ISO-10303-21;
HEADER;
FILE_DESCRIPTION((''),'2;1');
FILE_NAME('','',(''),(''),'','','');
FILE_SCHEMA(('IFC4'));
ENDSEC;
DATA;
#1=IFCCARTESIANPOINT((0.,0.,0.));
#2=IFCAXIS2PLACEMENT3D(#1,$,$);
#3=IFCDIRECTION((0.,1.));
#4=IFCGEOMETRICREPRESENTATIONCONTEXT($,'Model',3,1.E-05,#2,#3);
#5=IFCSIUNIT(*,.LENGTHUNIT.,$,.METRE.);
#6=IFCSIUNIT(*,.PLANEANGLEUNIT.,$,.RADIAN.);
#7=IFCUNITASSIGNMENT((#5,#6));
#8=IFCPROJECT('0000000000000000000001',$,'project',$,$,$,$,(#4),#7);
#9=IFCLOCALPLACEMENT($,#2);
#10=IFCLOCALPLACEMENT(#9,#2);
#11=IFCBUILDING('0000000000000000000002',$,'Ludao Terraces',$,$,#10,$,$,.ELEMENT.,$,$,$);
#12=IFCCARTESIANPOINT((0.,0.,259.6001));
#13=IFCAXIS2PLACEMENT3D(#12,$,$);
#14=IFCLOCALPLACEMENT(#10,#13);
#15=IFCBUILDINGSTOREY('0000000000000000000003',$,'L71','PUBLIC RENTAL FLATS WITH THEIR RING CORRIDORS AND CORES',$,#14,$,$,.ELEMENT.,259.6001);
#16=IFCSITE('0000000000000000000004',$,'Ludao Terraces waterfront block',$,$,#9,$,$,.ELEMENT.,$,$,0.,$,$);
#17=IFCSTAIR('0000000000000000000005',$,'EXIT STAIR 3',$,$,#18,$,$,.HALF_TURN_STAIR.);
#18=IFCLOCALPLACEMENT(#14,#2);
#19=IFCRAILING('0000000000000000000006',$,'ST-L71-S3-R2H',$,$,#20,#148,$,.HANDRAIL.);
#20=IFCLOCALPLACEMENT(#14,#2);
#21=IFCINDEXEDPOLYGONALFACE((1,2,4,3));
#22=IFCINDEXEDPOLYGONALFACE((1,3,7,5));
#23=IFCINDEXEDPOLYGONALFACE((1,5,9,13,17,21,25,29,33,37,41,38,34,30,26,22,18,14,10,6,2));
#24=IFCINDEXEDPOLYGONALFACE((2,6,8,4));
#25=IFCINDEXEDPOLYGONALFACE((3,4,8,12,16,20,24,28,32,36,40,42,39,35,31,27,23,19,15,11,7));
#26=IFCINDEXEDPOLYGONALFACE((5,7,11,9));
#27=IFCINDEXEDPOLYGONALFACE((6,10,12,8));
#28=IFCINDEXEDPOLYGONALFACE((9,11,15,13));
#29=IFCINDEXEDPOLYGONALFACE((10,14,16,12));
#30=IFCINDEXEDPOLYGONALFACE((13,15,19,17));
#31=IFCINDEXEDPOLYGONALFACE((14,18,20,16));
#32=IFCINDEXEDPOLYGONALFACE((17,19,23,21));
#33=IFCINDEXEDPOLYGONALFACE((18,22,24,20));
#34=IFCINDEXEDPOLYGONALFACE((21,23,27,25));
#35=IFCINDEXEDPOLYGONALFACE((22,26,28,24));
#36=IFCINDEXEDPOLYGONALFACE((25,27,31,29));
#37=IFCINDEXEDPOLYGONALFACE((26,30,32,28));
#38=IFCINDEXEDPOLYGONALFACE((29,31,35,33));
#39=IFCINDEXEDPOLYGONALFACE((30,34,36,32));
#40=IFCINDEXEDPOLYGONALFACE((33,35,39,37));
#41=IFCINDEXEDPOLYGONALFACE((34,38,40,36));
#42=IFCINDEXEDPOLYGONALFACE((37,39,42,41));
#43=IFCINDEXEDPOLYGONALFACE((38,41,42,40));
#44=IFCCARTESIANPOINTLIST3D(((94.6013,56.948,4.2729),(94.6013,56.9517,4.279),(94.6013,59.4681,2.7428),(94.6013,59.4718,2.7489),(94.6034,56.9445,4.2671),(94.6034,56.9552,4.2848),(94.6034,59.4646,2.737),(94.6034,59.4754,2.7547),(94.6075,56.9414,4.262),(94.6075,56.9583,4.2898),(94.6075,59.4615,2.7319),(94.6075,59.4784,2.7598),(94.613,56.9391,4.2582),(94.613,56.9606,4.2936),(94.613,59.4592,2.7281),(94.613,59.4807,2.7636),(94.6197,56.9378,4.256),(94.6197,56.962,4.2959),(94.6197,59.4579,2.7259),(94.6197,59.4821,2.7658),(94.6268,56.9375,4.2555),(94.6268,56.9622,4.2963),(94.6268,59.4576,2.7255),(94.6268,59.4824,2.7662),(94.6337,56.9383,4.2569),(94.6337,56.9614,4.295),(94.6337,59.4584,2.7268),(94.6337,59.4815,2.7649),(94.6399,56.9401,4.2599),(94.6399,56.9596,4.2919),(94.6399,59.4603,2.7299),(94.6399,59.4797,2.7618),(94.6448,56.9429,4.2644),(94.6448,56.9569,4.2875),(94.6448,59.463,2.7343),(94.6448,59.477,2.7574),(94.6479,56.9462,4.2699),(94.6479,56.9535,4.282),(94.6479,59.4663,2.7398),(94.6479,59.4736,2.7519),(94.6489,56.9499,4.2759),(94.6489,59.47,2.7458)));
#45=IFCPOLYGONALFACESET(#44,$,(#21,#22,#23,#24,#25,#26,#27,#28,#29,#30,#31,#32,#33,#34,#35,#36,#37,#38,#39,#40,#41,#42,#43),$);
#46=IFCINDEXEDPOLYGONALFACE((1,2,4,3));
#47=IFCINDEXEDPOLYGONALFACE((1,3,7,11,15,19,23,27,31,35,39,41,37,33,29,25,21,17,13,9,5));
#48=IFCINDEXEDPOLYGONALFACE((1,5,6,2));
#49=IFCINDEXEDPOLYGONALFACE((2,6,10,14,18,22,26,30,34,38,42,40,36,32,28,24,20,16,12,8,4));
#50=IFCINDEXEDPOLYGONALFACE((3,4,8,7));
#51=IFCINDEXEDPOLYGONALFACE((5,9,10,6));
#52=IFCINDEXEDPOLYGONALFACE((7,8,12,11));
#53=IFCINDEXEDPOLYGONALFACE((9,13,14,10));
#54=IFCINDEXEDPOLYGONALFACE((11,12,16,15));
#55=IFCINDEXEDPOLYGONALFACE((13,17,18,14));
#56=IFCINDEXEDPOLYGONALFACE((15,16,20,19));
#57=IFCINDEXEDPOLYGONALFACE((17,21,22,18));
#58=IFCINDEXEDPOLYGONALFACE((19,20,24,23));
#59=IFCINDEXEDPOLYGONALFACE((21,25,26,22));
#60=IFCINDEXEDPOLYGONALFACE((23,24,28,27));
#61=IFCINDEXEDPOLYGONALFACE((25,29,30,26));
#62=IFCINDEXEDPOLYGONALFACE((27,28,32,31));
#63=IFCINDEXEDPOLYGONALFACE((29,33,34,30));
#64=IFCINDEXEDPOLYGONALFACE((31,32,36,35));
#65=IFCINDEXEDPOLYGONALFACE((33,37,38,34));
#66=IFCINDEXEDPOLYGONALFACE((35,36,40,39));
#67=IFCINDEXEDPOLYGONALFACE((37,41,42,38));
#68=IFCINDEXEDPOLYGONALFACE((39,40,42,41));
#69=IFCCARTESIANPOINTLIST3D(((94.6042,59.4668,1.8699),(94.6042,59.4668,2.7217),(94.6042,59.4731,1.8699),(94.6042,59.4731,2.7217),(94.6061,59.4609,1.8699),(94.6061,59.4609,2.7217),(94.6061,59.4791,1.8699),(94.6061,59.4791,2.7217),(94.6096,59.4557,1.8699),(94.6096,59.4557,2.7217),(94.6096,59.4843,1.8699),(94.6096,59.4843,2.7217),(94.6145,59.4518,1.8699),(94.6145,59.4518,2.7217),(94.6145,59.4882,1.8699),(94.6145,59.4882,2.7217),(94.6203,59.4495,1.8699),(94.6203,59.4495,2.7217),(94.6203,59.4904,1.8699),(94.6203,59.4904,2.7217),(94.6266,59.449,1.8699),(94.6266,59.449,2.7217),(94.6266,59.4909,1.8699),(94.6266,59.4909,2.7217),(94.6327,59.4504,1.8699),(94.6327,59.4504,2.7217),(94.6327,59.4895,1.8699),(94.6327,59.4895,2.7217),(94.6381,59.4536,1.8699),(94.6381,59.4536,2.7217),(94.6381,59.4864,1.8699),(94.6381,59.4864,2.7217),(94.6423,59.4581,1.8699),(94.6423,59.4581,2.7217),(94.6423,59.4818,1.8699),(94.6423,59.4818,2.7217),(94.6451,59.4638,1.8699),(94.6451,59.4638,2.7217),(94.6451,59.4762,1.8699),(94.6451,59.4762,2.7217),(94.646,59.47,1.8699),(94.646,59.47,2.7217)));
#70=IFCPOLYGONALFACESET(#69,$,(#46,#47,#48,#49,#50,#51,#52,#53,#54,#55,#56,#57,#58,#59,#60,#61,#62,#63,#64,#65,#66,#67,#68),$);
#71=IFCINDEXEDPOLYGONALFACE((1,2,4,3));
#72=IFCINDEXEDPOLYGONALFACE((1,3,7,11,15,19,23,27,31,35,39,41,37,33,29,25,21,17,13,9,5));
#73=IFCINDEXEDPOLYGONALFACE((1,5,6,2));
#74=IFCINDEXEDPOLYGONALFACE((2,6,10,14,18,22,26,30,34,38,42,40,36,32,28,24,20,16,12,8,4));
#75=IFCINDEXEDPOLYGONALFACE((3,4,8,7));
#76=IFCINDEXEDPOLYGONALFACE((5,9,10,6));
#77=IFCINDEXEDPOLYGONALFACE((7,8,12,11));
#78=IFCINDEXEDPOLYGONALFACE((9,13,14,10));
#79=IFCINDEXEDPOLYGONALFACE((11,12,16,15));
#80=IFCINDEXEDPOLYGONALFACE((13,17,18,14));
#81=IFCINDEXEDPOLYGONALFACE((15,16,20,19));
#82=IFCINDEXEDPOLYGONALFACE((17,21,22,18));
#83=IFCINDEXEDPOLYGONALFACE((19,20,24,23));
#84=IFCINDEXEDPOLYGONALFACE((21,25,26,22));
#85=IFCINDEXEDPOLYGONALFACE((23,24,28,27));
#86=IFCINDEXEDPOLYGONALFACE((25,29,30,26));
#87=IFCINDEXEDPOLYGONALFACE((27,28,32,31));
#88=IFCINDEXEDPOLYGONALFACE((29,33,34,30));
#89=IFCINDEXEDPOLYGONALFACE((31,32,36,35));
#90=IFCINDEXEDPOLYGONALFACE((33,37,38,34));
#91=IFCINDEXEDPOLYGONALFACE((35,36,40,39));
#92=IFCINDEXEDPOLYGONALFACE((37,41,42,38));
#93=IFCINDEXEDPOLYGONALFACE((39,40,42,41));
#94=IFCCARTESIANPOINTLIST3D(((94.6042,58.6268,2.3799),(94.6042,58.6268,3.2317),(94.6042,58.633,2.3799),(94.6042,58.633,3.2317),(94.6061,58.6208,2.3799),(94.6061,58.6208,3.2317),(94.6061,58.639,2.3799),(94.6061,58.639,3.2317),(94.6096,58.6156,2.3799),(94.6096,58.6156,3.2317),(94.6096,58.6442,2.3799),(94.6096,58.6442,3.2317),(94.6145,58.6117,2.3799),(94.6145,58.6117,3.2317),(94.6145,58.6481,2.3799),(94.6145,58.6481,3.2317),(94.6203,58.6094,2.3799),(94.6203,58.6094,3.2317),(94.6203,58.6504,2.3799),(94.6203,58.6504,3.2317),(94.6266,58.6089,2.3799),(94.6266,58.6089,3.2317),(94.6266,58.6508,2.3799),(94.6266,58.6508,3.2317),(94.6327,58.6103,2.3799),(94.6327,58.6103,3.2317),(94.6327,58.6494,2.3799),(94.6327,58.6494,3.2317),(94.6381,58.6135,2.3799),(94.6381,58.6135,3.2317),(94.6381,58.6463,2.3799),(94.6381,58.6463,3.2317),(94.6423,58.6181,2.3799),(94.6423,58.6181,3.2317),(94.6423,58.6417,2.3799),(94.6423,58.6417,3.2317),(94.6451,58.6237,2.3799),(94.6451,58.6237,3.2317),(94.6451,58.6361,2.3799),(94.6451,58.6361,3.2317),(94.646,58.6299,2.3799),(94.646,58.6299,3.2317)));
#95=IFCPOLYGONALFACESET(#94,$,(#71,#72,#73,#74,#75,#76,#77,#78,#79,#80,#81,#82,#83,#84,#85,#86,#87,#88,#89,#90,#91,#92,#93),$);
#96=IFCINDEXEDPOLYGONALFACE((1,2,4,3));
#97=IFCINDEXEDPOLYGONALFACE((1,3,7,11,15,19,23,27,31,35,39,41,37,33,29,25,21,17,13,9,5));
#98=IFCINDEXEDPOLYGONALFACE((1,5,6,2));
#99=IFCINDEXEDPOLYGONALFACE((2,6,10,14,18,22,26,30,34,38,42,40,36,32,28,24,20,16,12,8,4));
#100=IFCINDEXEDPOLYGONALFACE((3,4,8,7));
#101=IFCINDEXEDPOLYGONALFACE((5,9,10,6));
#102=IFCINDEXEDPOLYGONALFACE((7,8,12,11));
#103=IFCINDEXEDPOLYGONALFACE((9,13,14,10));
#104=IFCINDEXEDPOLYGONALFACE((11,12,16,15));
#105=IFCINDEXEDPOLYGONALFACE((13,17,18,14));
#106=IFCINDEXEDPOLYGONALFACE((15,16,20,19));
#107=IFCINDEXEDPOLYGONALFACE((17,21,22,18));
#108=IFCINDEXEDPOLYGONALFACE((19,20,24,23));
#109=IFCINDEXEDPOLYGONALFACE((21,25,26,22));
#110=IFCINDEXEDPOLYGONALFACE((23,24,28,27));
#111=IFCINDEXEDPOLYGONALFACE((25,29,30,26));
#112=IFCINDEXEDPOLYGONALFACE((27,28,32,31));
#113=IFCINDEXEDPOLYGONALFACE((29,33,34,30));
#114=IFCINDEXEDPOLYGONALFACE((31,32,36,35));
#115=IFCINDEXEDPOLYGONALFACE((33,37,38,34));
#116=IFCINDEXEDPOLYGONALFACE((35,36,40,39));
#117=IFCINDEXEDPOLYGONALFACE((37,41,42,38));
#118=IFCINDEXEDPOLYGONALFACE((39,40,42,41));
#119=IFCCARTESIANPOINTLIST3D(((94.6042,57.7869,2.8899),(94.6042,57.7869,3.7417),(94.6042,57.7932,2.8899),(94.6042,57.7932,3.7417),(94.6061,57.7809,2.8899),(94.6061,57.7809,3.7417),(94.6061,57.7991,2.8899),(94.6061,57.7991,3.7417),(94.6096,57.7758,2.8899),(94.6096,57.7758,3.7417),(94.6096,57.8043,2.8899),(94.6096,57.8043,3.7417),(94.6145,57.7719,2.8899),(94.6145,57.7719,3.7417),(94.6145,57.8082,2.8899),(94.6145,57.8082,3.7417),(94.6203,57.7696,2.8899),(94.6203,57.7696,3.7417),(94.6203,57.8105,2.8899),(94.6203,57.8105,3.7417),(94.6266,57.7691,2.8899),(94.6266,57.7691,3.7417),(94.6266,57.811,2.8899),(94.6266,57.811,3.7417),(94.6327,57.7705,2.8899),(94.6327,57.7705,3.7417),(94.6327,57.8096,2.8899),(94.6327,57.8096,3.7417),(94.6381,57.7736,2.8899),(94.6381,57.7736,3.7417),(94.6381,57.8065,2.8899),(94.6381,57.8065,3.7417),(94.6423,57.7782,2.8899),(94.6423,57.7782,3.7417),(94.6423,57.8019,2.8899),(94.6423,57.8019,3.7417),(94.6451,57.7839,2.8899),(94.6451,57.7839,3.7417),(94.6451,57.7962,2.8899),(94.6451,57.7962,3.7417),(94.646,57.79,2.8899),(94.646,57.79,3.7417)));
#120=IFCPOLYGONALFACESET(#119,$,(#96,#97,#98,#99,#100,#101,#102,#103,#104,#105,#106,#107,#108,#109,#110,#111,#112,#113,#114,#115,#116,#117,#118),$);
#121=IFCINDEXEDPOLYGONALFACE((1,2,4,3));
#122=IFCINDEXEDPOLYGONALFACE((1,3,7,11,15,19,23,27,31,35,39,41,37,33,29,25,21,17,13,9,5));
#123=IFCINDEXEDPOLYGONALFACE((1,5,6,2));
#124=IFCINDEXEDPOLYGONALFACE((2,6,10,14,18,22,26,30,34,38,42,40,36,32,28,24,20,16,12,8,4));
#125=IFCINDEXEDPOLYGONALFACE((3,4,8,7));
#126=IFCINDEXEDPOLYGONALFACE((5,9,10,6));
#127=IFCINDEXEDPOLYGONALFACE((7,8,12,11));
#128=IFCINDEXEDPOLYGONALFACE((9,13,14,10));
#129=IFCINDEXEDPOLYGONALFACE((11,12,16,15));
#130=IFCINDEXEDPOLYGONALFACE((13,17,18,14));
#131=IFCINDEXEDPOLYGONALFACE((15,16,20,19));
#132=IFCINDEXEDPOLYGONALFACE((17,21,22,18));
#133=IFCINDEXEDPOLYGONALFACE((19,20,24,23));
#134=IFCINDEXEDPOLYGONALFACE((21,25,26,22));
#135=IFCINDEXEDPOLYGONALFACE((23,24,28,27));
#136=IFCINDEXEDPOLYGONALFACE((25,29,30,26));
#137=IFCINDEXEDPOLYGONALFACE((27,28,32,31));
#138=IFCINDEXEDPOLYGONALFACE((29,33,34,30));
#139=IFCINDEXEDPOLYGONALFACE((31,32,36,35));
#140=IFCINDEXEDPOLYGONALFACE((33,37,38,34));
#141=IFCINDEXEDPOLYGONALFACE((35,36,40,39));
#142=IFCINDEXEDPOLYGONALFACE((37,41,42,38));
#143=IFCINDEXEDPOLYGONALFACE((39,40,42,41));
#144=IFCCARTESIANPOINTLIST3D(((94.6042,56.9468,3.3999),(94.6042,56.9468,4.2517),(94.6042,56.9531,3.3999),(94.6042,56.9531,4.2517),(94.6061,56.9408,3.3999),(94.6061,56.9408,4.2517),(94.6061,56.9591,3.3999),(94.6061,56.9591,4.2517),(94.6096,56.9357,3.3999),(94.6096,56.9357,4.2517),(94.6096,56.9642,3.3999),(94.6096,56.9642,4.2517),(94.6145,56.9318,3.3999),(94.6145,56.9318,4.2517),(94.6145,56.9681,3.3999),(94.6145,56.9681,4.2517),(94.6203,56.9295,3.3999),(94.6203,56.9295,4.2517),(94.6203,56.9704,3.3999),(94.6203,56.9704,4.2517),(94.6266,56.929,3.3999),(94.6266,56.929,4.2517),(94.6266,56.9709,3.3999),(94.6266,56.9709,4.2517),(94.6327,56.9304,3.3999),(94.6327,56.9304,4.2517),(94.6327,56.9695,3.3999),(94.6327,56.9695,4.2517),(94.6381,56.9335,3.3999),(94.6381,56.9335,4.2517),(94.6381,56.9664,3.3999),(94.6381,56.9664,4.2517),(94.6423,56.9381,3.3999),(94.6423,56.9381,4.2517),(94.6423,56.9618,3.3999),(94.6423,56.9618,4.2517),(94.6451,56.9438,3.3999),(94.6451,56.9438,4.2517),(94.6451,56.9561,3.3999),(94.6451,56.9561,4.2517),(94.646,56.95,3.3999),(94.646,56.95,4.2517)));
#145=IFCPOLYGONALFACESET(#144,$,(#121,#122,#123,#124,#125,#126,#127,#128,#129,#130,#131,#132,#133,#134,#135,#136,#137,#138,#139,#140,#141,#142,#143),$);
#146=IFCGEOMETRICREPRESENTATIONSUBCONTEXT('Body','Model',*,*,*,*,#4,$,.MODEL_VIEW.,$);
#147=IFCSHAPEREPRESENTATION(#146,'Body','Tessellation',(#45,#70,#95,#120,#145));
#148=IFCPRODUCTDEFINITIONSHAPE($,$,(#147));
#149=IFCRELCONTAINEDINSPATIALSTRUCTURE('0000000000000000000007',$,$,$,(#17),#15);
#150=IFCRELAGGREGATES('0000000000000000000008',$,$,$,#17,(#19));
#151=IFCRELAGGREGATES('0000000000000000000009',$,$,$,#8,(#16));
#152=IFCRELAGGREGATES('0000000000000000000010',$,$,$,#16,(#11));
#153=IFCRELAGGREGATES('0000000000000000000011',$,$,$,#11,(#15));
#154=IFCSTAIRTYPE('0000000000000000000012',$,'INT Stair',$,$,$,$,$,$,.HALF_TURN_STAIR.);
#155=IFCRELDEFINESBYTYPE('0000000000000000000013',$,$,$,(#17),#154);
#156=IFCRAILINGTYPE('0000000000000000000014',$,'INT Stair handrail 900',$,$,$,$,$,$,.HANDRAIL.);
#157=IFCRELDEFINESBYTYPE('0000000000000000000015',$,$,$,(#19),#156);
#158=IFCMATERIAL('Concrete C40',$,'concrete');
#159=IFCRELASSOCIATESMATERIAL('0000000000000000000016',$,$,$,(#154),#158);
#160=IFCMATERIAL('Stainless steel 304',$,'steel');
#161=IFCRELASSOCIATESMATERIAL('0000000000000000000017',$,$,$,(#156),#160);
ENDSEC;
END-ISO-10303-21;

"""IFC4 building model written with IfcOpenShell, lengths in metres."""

from ifc_helpers import new_model, si_unit, direction, frame, origin, origin_2d, place, context, subcontext, project, spatial, circle, extrude, material, type_object, element, aggregate, save


model = new_model("IFC4")

# Units and contexts
model_context = context("Model", 3, precision=1e-05, world=origin(), true_north=direction((0.0, 1.0)))
body_context = subcontext(model_context, "Body", "Model", "MODEL_VIEW")
ifc_project = project(units=[si_unit("LENGTHUNIT", "METRE"), si_unit("PLANEANGLEUNIT", "RADIAN")], contexts=[model_context])

# Site, building, storey
site_placement = place(None, origin())
site = spatial("IfcSite", under=ifc_project, at=site_placement, Name="Ludao Terraces waterfront block", CompositionType="ELEMENT", RefElevation=0.0)
building_placement = place(site_placement, origin())
building = spatial("IfcBuilding", under=site, at=building_placement, Name="Ludao Terraces", CompositionType="ELEMENT")
storey_placement = place(building_placement, frame((0.0, 0.0, 259.6001)))
storey = spatial("IfcBuildingStorey", under=building, at=storey_placement, Name="L71", Description="PUBLIC RENTAL FLATS WITH THEIR RING CORRIDORS AND CORES", CompositionType="ELEMENT", Elevation=259.6001)

# Shared definitions
ifc_material_1 = material(Name="Concrete C40", Category="concrete")

# Stair, railing
stair_type = type_object("IfcStairType", Name="INT Stair", PredefinedType="HALF_TURN_STAIR", material=ifc_material_1)
stair_placement = place(storey_placement, origin())
stair = element("IfcStair", 1, at=stair_placement, inside=storey, type_object=stair_type, Name="EXIT STAIR 3", PredefinedType="HALF_TURN_STAIR")
ifc_material_2 = material(Name="Stainless steel 304", Category="steel")
railing_type_1 = type_object("IfcRailingType", Name="INT Stair handrail 900", PredefinedType="HANDRAIL", material=ifc_material_2)
railing_1_placement = place(storey_placement, frame((94.625, 59.47, 1.8699)))
railing_1 = element("IfcRailing", 2, at=railing_1_placement, type_object=railing_type_1, Name="ST-L71-S3-R2H", PredefinedType="HANDRAIL", context=body_context, shape_type="SweptSolid", body=[
    extrude(circle(Radius=0.0239, at=origin_2d()), frame((0.0, 0.0, 0.876), z_axis=(0.0, -0.854785, 0.518982), x_axis=(1.0, 0.0, 0.0)), (0.0, 0.0, 1.0), 2.9482),
    extrude(circle(Radius=0.021, at=origin_2d()), origin(), (0.0, 0.0, 1.0), 0.8518),
    extrude(circle(Radius=0.021, at=origin_2d()), frame((0.0, -0.8401, 0.51)), (0.0, 0.0, 1.0), 0.8518),
    extrude(circle(Radius=0.021, at=origin_2d()), frame((0.0, -1.6799, 1.02)), (0.0, 0.0, 1.0), 0.8518),
    extrude(circle(Radius=0.021, at=origin_2d()), frame((0.0, -2.52, 1.53)), (0.0, 0.0, 1.0), 0.8518),
])
aggregate(stair, [railing_1])

save(model, "model.ifc")
